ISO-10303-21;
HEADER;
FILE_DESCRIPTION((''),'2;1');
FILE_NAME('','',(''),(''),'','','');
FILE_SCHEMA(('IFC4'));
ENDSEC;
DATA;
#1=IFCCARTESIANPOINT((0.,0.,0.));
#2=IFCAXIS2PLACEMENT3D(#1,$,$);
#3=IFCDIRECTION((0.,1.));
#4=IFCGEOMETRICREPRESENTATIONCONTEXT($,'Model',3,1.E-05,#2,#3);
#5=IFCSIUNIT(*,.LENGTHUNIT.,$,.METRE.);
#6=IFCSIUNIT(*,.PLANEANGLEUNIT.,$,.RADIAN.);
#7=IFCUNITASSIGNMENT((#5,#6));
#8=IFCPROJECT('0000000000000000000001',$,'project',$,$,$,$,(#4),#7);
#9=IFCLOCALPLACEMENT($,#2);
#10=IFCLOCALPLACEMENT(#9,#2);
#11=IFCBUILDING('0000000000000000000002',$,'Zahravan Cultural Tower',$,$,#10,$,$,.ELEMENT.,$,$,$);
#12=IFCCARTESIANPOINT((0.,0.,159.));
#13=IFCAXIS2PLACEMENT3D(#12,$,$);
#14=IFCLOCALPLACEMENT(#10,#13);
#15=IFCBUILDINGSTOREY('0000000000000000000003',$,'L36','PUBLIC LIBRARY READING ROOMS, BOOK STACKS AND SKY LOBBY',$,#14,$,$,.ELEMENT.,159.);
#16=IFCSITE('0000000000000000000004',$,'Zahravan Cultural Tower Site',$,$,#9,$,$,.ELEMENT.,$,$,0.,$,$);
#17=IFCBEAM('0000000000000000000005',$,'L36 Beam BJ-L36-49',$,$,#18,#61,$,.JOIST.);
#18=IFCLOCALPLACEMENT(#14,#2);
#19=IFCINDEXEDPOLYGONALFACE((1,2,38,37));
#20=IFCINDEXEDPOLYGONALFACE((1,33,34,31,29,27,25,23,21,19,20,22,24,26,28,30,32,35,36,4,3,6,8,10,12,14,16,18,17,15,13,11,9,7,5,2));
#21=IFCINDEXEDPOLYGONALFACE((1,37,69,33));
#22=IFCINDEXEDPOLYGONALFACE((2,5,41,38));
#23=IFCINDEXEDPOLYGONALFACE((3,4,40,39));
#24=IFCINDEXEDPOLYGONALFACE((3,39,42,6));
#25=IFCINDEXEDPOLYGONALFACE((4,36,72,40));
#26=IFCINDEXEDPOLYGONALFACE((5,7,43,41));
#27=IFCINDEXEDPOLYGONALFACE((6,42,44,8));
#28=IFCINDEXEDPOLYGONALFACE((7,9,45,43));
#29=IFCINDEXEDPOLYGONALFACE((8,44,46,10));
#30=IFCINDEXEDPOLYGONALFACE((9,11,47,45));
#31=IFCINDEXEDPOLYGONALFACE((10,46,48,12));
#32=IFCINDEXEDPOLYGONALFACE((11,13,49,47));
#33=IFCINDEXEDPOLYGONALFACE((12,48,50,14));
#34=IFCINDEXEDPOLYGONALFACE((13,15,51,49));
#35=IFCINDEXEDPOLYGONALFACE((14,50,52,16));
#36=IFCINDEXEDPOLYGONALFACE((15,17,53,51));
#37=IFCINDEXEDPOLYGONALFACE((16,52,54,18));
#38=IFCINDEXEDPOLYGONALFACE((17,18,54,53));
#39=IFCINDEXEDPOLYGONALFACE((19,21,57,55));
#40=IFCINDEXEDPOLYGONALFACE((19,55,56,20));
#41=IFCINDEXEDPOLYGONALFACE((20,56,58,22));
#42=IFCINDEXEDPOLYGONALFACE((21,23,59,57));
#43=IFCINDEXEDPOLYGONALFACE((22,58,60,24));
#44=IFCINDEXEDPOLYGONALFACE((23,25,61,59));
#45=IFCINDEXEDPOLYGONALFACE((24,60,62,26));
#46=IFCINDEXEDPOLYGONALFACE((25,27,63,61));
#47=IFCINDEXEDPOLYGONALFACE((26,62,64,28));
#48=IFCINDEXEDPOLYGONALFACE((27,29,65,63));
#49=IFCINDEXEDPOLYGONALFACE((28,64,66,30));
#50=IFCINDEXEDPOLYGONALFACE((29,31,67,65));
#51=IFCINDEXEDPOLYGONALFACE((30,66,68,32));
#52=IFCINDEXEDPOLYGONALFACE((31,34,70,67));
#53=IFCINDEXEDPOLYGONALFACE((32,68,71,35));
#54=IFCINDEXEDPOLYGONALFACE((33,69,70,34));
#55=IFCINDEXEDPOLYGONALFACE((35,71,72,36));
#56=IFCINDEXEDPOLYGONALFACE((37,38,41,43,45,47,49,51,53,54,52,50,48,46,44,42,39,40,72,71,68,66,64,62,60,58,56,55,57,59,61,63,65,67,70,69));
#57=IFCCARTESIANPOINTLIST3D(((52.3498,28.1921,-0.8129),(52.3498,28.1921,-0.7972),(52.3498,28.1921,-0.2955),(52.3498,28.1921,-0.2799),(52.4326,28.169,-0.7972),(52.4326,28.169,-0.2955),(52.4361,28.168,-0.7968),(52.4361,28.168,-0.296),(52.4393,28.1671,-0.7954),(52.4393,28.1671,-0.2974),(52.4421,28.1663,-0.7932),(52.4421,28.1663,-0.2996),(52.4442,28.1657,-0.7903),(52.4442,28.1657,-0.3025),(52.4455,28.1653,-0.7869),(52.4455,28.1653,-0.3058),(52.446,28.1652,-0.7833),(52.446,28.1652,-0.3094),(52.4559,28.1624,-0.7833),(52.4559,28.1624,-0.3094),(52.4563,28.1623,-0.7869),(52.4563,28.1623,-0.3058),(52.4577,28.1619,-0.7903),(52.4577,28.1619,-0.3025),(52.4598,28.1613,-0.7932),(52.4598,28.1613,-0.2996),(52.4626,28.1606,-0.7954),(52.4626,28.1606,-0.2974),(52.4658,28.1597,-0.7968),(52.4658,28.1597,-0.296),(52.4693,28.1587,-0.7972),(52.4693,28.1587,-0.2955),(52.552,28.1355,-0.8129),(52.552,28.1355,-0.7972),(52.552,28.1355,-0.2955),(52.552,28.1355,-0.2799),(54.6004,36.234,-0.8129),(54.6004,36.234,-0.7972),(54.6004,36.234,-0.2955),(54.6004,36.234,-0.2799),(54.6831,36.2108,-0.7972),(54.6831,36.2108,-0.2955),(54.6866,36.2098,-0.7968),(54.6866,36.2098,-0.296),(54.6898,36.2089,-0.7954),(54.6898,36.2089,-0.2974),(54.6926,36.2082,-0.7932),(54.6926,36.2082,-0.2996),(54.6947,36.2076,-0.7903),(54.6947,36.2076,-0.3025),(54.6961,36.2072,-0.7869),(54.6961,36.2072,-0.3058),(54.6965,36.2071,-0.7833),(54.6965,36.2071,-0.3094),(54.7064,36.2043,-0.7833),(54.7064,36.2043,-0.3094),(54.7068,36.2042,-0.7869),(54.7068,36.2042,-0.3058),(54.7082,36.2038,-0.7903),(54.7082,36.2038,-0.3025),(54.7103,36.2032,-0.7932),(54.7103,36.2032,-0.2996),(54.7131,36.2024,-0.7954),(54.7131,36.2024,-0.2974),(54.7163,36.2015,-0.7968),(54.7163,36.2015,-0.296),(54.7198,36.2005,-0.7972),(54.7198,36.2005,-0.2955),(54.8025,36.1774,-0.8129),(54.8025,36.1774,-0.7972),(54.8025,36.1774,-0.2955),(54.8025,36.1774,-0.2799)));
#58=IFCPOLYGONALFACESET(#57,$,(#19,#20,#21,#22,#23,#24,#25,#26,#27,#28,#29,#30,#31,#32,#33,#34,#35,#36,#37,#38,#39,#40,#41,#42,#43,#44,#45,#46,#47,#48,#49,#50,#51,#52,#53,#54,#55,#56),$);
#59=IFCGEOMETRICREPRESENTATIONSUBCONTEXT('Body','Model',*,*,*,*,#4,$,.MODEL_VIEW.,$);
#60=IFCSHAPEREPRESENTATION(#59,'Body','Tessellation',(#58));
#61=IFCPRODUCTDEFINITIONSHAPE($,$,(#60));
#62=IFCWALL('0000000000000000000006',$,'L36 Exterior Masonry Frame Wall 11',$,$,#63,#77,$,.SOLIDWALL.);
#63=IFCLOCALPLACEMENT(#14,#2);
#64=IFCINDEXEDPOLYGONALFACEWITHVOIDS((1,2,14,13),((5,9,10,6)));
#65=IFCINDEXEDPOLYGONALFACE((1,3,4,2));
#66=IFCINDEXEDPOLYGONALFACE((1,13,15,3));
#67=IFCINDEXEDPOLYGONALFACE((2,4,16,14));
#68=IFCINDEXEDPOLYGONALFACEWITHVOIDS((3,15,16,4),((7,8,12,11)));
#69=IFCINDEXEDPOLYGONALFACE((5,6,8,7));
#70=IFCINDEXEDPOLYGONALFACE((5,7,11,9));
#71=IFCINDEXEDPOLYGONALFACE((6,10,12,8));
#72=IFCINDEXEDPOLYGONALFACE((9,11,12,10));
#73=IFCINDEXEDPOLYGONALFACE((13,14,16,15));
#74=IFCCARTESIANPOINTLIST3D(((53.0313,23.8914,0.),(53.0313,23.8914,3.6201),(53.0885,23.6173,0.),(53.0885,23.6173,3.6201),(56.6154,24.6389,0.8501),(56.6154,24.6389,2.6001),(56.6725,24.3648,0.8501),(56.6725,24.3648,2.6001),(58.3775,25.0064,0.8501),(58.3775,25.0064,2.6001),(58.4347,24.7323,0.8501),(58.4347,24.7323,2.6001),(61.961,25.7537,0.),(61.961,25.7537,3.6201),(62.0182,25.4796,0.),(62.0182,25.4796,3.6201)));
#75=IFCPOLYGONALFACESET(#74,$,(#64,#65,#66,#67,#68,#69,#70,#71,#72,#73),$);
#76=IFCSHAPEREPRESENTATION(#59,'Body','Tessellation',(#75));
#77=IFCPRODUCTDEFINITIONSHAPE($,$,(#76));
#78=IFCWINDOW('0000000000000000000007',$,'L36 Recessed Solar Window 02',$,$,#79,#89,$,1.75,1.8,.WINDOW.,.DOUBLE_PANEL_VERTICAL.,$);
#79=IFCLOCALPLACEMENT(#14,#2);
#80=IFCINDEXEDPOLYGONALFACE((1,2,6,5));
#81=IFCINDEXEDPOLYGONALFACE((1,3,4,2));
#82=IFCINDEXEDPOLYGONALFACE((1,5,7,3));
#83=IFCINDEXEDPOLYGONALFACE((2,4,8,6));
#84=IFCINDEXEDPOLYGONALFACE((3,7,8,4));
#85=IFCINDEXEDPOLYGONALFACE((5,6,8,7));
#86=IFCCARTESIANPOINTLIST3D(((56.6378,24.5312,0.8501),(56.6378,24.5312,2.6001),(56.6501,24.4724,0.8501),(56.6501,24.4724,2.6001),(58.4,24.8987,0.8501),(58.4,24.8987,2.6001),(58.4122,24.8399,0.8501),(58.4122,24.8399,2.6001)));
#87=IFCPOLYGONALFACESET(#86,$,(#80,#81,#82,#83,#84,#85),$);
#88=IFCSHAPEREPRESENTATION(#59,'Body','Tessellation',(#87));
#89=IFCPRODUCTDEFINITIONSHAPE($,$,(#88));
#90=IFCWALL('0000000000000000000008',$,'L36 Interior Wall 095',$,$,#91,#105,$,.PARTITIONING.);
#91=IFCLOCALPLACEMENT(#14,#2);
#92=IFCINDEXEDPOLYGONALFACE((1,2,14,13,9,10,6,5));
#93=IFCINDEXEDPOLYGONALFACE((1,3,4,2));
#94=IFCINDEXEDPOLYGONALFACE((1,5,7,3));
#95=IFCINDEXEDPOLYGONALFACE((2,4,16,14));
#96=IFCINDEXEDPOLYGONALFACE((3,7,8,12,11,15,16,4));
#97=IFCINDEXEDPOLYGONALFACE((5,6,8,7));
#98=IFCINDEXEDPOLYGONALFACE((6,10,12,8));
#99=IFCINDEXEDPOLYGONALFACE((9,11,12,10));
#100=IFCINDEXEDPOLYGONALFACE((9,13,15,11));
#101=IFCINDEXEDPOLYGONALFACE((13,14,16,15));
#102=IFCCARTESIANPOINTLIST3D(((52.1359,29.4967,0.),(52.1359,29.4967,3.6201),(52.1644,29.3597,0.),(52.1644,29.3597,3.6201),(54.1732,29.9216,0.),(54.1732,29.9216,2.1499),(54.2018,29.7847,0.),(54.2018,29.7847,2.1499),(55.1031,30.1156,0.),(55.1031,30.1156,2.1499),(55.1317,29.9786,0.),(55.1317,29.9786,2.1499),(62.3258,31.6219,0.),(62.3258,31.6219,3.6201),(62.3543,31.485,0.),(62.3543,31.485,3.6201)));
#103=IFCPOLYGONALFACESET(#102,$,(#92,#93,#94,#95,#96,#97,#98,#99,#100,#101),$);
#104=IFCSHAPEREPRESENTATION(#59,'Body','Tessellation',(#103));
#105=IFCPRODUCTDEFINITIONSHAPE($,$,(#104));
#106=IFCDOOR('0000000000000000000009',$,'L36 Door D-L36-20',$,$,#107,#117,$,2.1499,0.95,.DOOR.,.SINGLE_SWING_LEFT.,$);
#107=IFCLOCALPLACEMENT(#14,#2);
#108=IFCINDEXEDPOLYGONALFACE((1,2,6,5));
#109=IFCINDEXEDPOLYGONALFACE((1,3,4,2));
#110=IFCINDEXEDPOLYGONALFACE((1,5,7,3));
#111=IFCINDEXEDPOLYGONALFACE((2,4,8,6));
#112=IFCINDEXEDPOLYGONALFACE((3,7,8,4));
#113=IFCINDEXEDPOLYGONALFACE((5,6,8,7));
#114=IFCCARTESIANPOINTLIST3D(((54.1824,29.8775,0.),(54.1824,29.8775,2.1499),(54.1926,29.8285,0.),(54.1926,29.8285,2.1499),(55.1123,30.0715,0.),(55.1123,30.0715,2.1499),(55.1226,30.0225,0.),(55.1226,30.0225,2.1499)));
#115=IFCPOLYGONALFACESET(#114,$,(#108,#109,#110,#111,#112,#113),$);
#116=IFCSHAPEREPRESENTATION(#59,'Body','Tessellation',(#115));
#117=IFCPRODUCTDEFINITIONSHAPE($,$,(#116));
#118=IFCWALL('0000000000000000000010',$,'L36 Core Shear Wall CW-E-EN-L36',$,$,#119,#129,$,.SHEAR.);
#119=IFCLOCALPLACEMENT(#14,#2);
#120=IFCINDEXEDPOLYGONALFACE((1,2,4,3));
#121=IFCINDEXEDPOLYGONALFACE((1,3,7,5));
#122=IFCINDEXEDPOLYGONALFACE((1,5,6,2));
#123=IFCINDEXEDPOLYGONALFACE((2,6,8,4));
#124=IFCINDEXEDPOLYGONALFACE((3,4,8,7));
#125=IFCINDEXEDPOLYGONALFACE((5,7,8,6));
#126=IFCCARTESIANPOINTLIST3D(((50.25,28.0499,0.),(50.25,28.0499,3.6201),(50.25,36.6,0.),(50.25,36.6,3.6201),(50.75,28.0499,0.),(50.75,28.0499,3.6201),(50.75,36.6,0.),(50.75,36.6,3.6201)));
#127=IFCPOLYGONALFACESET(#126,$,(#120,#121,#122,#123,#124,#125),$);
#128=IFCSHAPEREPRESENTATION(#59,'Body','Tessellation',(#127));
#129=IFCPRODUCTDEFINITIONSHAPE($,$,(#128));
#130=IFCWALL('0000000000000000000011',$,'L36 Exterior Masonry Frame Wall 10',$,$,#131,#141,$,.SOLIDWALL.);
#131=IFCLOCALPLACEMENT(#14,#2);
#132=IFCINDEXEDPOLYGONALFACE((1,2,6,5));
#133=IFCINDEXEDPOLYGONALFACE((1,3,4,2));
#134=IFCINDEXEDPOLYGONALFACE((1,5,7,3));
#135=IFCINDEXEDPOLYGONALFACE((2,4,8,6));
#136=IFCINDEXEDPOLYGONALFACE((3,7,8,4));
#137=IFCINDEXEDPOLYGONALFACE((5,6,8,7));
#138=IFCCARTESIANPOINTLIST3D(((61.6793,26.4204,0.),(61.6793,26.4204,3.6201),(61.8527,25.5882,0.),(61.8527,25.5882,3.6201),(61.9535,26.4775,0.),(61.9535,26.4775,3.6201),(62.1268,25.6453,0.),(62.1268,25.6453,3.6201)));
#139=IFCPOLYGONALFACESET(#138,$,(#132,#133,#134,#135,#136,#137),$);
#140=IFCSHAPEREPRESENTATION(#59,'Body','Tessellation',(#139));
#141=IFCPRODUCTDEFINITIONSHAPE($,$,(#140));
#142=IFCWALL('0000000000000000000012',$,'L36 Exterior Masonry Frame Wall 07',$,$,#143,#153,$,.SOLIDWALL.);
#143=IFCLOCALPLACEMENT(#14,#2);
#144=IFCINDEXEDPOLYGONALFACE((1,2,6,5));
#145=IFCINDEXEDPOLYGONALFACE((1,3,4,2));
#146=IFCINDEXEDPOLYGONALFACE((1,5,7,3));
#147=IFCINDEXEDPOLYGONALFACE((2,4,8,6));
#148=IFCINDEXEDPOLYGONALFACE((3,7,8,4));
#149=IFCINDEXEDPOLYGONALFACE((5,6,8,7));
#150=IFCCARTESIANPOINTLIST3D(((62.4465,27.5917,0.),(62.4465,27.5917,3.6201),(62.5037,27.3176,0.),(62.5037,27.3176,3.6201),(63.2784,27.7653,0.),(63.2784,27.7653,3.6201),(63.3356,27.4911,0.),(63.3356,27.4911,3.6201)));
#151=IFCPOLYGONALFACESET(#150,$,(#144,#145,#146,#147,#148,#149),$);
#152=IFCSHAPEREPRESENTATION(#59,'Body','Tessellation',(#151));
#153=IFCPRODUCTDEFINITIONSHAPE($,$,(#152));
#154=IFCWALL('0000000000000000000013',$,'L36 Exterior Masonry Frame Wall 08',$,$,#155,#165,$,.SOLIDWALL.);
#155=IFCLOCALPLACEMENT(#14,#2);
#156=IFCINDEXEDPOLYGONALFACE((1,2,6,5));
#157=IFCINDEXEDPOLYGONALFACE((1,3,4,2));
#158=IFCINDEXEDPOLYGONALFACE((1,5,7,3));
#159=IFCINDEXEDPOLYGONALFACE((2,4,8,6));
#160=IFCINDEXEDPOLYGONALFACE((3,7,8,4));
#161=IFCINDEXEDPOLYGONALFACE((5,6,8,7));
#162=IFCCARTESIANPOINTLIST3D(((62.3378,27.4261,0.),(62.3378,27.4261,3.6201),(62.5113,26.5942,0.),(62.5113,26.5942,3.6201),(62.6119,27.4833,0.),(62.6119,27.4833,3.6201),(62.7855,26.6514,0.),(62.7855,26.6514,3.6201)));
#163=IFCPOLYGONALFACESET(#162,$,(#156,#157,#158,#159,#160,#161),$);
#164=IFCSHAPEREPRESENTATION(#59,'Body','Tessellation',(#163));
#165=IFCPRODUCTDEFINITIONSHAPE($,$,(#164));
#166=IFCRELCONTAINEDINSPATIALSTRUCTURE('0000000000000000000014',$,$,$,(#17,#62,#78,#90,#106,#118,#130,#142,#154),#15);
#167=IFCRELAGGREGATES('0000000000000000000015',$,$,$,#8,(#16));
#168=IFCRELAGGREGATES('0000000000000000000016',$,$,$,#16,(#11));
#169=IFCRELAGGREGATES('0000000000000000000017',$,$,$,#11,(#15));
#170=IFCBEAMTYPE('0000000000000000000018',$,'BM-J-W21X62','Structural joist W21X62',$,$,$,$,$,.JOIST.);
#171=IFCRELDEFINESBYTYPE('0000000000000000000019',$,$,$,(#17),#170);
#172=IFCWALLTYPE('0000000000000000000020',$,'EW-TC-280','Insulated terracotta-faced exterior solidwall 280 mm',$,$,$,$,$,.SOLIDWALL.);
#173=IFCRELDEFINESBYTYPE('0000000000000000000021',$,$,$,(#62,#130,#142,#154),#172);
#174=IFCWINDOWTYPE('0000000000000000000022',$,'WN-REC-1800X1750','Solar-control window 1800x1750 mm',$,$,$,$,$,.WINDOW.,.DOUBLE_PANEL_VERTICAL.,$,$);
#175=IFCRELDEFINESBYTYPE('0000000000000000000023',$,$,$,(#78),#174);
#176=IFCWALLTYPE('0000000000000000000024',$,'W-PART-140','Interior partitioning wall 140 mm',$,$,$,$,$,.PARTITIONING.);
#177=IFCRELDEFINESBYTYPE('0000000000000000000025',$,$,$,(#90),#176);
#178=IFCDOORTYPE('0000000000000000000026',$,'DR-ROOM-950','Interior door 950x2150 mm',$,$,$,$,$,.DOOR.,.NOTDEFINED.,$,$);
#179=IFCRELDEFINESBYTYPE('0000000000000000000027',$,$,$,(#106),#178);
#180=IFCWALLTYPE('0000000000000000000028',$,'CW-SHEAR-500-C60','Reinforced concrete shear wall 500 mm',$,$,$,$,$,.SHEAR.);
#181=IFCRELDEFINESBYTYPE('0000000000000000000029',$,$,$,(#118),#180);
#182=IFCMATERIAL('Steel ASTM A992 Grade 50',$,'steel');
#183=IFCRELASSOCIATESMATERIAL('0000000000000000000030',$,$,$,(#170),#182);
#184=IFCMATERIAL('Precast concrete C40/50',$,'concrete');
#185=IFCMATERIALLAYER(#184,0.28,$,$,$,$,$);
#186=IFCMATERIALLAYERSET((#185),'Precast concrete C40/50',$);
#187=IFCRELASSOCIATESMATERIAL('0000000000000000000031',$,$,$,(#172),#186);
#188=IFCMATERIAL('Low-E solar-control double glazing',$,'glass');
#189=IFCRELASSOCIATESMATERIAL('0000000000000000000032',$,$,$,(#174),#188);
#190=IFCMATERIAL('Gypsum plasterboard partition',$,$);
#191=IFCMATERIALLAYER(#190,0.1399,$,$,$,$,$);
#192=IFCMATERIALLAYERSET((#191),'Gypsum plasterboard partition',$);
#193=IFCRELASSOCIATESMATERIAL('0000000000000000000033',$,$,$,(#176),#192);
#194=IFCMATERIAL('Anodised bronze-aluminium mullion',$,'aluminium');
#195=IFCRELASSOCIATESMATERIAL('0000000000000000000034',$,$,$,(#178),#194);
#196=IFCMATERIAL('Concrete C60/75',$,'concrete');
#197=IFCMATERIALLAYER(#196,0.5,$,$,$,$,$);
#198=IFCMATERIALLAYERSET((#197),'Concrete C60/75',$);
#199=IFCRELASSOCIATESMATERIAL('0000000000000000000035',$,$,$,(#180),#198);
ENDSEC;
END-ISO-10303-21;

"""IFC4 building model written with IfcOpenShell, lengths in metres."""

from ifc_helpers import new_model, si_unit, direction, frame, frame_2d, origin, origin_2d, place, context, subcontext, project, spatial, rectangle, i_section, extrude, source, transform, mapped, material, layer, layer_set, material_profile, profile_set, type_object, element, fill, save


model = new_model("IFC4")

# Units and contexts
model_context = context("Model", 3, precision=1e-05, world=origin(), true_north=direction((0.0, 1.0)))
body_context = subcontext(model_context, "Body", "Model", "MODEL_VIEW")
ifc_project = project(units=[si_unit("LENGTHUNIT", "METRE"), si_unit("PLANEANGLEUNIT", "RADIAN")], contexts=[model_context])

# Site, building, storey
site_placement = place(None, origin())
site = spatial("IfcSite", under=ifc_project, at=site_placement, Name="Zahravan Cultural Tower Site", CompositionType="ELEMENT", RefElevation=0.0)
building_placement = place(site_placement, origin())
building = spatial("IfcBuilding", under=site, at=building_placement, Name="Zahravan Cultural Tower", CompositionType="ELEMENT")
storey_placement = place(building_placement, frame((0.0, 0.0, 159.0)))
storey = spatial("IfcBuildingStorey", under=building, at=storey_placement, Name="L36", Description="PUBLIC LIBRARY READING ROOMS, BOOK STACKS AND SKY LOBBY", CompositionType="ELEMENT", Elevation=159.0)

# Shared definitions
ifc_material_1 = material(Name="Steel ASTM A992 Grade 50", Category="steel")

# Beam
ifc_material_profile_1 = material_profile(ifc_material_1, i_section(OverallWidth=0.21, OverallDepth=0.533, WebThickness=0.0103, FlangeThickness=0.0156, FilletRadius=0.0139, at=origin_2d()), Name="W21X62")
ifc_profile_set_1 = profile_set([ifc_material_profile_1], Name="Steel ASTM A992 Grade 50")
beam_type_1 = type_object("IfcBeamType", Name="BM-J-W21X62", Description="Structural joist W21X62", PredefinedType="JOIST", material=ifc_profile_set_1)
shared_shape_1 = source(origin(), body_context, "Body", "SweptSolid", [
    extrude(i_section(OverallWidth=0.21, OverallDepth=0.533, WebThickness=0.0103, FlangeThickness=0.0156, FilletRadius=0.0139, at=origin_2d()), origin(), (0.0, 0.0, 1.0), 8.3508),
])
beam_1_placement = place(storey_placement, frame((52.4509, 28.1638, -0.5464), z_axis=(0.269497, 0.963001, 0.0), x_axis=(-0.963001, 0.269497, 0.0)))
element("IfcBeam", 1, at=beam_1_placement, inside=storey, type_object=beam_type_1, Name="L36 Beam BJ-L36-49", PredefinedType="JOIST", context=body_context, shape_type="MappedRepresentation", body=[
    mapped(shared_shape_1, transform((0.0, 0.0, 0.0), x_axis=(1.0, 0.0, 0.0), y_axis=(0.0, 1.0, 0.0), z_axis=(0.0, 0.0, 1.0), scale=1.0)),
])

# Wall, opening, window
ifc_material_2 = material(Name="Precast concrete C40/50", Category="concrete")
ifc_layer_1 = layer(ifc_material_2, 0.28)
ifc_layer_set_1 = layer_set([ifc_layer_1], Name="Precast concrete C40/50")
wall_type_1 = type_object("IfcWallType", Name="EW-TC-280", Description="Insulated terracotta-faced exterior solidwall 280 mm", PredefinedType="SOLIDWALL", material=ifc_layer_set_1)
wall_1_placement = place(storey_placement, frame((61.9897, 25.6167, 0.0), z_axis=(0.0, 0.0, 1.0), x_axis=(-0.978938, -0.204159, 0.0)))
wall_1 = element("IfcWall", 2, at=wall_1_placement, inside=storey, type_object=wall_type_1, Name="L36 Exterior Masonry Frame Wall 11", PredefinedType="SOLIDWALL", context=body_context, shape_type="SweptSolid", body=[
    extrude(rectangle(XDim=9.1218, YDim=0.28, at=frame_2d((4.561, 0.0))), origin(), (0.0, 0.0, 1.0), 3.6201),
])
opening_1_placement = place(wall_1_placement, frame((3.6609, 0.0, 0.8501)))
opening_1 = element("IfcOpeningElement", 3, at=opening_1_placement, cuts=wall_1, PredefinedType="OPENING", context=body_context, shape_type="SweptSolid", body=[
    extrude(rectangle(XDim=1.8, YDim=1.75, at=frame_2d((0.8999, 0.875))), frame((0.0, 0.1499, 0.0), z_axis=(0.0, -1.0, 0.0), x_axis=(1.0, 0.0, 0.0)), (0.0, 0.0, 1.0), 0.3),
])
ifc_material_3 = material(Name="Low-E solar-control double glazing", Category="glass")
window_type = type_object("IfcWindowType", Name="WN-REC-1800X1750", Description="Solar-control window 1800x1750 mm", PartitioningType="DOUBLE_PANEL_VERTICAL", PredefinedType="WINDOW", material=ifc_material_3)
shared_shape_2 = source(origin(), body_context, "Body", "SweptSolid", [
    extrude(rectangle(XDim=1.8, YDim=1.75, at=frame_2d((0.8999, 0.875))), frame((0.0, 0.03, 0.0), z_axis=(0.0, -1.0, 0.0), x_axis=(1.0, 0.0, 0.0)), (0.0, 0.0, 1.0), 0.0601),
])
window_placement = place(opening_1_placement, origin())
window = element("IfcWindow", 4, at=window_placement, inside=storey, type_object=window_type, Name="L36 Recessed Solar Window 02", OverallHeight=1.75, OverallWidth=1.8, PartitioningType="DOUBLE_PANEL_VERTICAL", PredefinedType="WINDOW", context=body_context, shape_type="MappedRepresentation", body=[
    mapped(shared_shape_2, transform((0.0, 0.0, 0.0), x_axis=(1.0, 0.0, 0.0), y_axis=(0.0, 1.0, 0.0), z_axis=(0.0, 0.0, 1.0), scale=1.0)),
])
fill(opening_1, window)

# Wall, opening, door
ifc_material_4 = material(Name="Gypsum plasterboard partition")
ifc_layer_2 = layer(ifc_material_4, 0.1399)
ifc_layer_set_2 = layer_set([ifc_layer_2], Name="Gypsum plasterboard partition")
wall_type_2 = type_object("IfcWallType", Name="W-PART-140", Description="Interior partitioning wall 140 mm", PredefinedType="PARTITIONING", material=ifc_layer_set_2)
wall_2_placement = place(storey_placement, frame((52.1501, 29.4282, 0.0), z_axis=(0.0, 0.0, 1.0), x_axis=(0.978936, 0.20417, 0.0)))
wall_2 = element("IfcWall", 5, at=wall_2_placement, inside=storey, type_object=wall_type_2, Name="L36 Interior Wall 095", PredefinedType="PARTITIONING", context=body_context, shape_type="SweptSolid", body=[
    extrude(rectangle(XDim=10.4092, YDim=0.1399, at=frame_2d((5.2046, 0.0))), origin(), (0.0, 0.0, 1.0), 3.6201),
])
opening_2_placement = place(wall_2_placement, frame((2.0811, 0.0, 0.0)))
opening_2 = element("IfcOpeningElement", 6, at=opening_2_placement, cuts=wall_2, PredefinedType="OPENING", context=body_context, shape_type="SweptSolid", body=[
    extrude(rectangle(XDim=0.95, YDim=2.1499, at=frame_2d((0.4751, 1.075))), frame((0.0, 0.0798, 0.0), z_axis=(0.0, -1.0, 0.0), x_axis=(1.0, 0.0, 0.0)), (0.0, 0.0, 1.0), 0.1599),
])
ifc_material_5 = material(Name="Anodised bronze-aluminium mullion", Category="aluminium")
door_type = type_object("IfcDoorType", Name="DR-ROOM-950", Description="Interior door 950x2150 mm", OperationType="NOTDEFINED", PredefinedType="DOOR", material=ifc_material_5)
shared_shape_3 = source(origin(), body_context, "Body", "SweptSolid", [
    extrude(rectangle(XDim=0.95, YDim=2.1499, at=frame_2d((0.4751, 1.075))), frame((0.0, 0.0249, 0.0), z_axis=(0.0, -1.0, 0.0), x_axis=(1.0, 0.0, 0.0)), (0.0, 0.0, 1.0), 0.05),
])
door_placement = place(opening_2_placement, origin())
door = element("IfcDoor", 7, at=door_placement, inside=storey, type_object=door_type, Name="L36 Door D-L36-20", OperationType="SINGLE_SWING_LEFT", OverallHeight=2.1499, OverallWidth=0.95, PredefinedType="DOOR", context=body_context, shape_type="MappedRepresentation", body=[
    mapped(shared_shape_3, transform((0.0, 0.0, 0.0), x_axis=(1.0, 0.0, 0.0), y_axis=(0.0, 1.0, 0.0), z_axis=(0.0, 0.0, 1.0), scale=1.0)),
])
fill(opening_2, door)

# Walls
ifc_material_6 = material(Name="Concrete C60/75", Category="concrete")
ifc_layer_3 = layer(ifc_material_6, 0.5)
ifc_layer_set_3 = layer_set([ifc_layer_3], Name="Concrete C60/75")
wall_type_3 = type_object("IfcWallType", Name="CW-SHEAR-500-C60", Description="Reinforced concrete shear wall 500 mm", PredefinedType="SHEAR", material=ifc_layer_set_3)
shared_shape_4 = source(origin(), body_context, "Body", "SweptSolid", [
    extrude(rectangle(XDim=8.55, YDim=0.5, at=frame_2d((4.2749, 0.0))), origin(), (0.0, 0.0, 1.0), 3.6201),
])
wall_3_placement = place(storey_placement, frame((50.5, 28.05, 0.0), z_axis=(0.0, 0.0, 1.0), x_axis=(0.0, 1.0, 0.0)))
element("IfcWall", 8, at=wall_3_placement, inside=storey, type_object=wall_type_3, Name="L36 Core Shear Wall CW-E-EN-L36", PredefinedType="SHEAR", context=body_context, shape_type="MappedRepresentation", body=[
    mapped(shared_shape_4, transform((0.0, 0.0, 0.0), x_axis=(1.0, 0.0, 0.0), y_axis=(0.0, 1.0, 0.0), z_axis=(0.0, 0.0, 1.0), scale=1.0)),
])
shared_shape_5 = source(origin(), body_context, "Body", "SweptSolid", [
    extrude(rectangle(XDim=0.8501, YDim=0.28, at=frame_2d((0.425, 0.0))), origin(), (0.0, 0.0, 1.0), 3.6201),
])
wall_4_placement = place(storey_placement, frame((61.8164, 26.449, 0.0), z_axis=(0.0, 0.0, 1.0), x_axis=(0.203897, -0.978992, 0.0)))
element("IfcWall", 9, at=wall_4_placement, inside=storey, type_object=wall_type_1, Name="L36 Exterior Masonry Frame Wall 10", PredefinedType="SOLIDWALL", context=body_context, shape_type="MappedRepresentation", body=[
    mapped(shared_shape_5, transform((0.0, 0.0, 0.0), x_axis=(1.0, 0.0, 0.0), y_axis=(0.0, 1.0, 0.0), z_axis=(0.0, 0.0, 1.0), scale=1.0)),
])
shared_shape_6 = source(origin(), body_context, "Body", "SweptSolid", [
    extrude(rectangle(XDim=0.8499, YDim=0.28, at=frame_2d((0.4248, 0.0))), origin(), (0.0, 0.0, 1.0), 3.6201),
])
for number, where, z_axis, x_axis, name in (
    (10, (63.3069, 27.6282, 0.0), (0.0, 0.0, 1.0), (-0.978923, -0.20423, 0.0), "L36 Exterior Masonry Frame Wall 07"),
    (11, (62.4749, 27.4546, 0.0), (0.0, 0.0, 1.0), (0.20423, -0.978923, 0.0), "L36 Exterior Masonry Frame Wall 08"),
):
    element("IfcWall", number, at=place(storey_placement, frame(where, z_axis=z_axis, x_axis=x_axis)), inside=storey, type_object=wall_type_1, Name=name, PredefinedType="SOLIDWALL", context=body_context, shape_type="MappedRepresentation", body=[
        mapped(shared_shape_6, transform((0.0, 0.0, 0.0), x_axis=(1.0, 0.0, 0.0), y_axis=(0.0, 1.0, 0.0), z_axis=(0.0, 0.0, 1.0), scale=1.0)),
    ])

save(model, "model.ifc")
